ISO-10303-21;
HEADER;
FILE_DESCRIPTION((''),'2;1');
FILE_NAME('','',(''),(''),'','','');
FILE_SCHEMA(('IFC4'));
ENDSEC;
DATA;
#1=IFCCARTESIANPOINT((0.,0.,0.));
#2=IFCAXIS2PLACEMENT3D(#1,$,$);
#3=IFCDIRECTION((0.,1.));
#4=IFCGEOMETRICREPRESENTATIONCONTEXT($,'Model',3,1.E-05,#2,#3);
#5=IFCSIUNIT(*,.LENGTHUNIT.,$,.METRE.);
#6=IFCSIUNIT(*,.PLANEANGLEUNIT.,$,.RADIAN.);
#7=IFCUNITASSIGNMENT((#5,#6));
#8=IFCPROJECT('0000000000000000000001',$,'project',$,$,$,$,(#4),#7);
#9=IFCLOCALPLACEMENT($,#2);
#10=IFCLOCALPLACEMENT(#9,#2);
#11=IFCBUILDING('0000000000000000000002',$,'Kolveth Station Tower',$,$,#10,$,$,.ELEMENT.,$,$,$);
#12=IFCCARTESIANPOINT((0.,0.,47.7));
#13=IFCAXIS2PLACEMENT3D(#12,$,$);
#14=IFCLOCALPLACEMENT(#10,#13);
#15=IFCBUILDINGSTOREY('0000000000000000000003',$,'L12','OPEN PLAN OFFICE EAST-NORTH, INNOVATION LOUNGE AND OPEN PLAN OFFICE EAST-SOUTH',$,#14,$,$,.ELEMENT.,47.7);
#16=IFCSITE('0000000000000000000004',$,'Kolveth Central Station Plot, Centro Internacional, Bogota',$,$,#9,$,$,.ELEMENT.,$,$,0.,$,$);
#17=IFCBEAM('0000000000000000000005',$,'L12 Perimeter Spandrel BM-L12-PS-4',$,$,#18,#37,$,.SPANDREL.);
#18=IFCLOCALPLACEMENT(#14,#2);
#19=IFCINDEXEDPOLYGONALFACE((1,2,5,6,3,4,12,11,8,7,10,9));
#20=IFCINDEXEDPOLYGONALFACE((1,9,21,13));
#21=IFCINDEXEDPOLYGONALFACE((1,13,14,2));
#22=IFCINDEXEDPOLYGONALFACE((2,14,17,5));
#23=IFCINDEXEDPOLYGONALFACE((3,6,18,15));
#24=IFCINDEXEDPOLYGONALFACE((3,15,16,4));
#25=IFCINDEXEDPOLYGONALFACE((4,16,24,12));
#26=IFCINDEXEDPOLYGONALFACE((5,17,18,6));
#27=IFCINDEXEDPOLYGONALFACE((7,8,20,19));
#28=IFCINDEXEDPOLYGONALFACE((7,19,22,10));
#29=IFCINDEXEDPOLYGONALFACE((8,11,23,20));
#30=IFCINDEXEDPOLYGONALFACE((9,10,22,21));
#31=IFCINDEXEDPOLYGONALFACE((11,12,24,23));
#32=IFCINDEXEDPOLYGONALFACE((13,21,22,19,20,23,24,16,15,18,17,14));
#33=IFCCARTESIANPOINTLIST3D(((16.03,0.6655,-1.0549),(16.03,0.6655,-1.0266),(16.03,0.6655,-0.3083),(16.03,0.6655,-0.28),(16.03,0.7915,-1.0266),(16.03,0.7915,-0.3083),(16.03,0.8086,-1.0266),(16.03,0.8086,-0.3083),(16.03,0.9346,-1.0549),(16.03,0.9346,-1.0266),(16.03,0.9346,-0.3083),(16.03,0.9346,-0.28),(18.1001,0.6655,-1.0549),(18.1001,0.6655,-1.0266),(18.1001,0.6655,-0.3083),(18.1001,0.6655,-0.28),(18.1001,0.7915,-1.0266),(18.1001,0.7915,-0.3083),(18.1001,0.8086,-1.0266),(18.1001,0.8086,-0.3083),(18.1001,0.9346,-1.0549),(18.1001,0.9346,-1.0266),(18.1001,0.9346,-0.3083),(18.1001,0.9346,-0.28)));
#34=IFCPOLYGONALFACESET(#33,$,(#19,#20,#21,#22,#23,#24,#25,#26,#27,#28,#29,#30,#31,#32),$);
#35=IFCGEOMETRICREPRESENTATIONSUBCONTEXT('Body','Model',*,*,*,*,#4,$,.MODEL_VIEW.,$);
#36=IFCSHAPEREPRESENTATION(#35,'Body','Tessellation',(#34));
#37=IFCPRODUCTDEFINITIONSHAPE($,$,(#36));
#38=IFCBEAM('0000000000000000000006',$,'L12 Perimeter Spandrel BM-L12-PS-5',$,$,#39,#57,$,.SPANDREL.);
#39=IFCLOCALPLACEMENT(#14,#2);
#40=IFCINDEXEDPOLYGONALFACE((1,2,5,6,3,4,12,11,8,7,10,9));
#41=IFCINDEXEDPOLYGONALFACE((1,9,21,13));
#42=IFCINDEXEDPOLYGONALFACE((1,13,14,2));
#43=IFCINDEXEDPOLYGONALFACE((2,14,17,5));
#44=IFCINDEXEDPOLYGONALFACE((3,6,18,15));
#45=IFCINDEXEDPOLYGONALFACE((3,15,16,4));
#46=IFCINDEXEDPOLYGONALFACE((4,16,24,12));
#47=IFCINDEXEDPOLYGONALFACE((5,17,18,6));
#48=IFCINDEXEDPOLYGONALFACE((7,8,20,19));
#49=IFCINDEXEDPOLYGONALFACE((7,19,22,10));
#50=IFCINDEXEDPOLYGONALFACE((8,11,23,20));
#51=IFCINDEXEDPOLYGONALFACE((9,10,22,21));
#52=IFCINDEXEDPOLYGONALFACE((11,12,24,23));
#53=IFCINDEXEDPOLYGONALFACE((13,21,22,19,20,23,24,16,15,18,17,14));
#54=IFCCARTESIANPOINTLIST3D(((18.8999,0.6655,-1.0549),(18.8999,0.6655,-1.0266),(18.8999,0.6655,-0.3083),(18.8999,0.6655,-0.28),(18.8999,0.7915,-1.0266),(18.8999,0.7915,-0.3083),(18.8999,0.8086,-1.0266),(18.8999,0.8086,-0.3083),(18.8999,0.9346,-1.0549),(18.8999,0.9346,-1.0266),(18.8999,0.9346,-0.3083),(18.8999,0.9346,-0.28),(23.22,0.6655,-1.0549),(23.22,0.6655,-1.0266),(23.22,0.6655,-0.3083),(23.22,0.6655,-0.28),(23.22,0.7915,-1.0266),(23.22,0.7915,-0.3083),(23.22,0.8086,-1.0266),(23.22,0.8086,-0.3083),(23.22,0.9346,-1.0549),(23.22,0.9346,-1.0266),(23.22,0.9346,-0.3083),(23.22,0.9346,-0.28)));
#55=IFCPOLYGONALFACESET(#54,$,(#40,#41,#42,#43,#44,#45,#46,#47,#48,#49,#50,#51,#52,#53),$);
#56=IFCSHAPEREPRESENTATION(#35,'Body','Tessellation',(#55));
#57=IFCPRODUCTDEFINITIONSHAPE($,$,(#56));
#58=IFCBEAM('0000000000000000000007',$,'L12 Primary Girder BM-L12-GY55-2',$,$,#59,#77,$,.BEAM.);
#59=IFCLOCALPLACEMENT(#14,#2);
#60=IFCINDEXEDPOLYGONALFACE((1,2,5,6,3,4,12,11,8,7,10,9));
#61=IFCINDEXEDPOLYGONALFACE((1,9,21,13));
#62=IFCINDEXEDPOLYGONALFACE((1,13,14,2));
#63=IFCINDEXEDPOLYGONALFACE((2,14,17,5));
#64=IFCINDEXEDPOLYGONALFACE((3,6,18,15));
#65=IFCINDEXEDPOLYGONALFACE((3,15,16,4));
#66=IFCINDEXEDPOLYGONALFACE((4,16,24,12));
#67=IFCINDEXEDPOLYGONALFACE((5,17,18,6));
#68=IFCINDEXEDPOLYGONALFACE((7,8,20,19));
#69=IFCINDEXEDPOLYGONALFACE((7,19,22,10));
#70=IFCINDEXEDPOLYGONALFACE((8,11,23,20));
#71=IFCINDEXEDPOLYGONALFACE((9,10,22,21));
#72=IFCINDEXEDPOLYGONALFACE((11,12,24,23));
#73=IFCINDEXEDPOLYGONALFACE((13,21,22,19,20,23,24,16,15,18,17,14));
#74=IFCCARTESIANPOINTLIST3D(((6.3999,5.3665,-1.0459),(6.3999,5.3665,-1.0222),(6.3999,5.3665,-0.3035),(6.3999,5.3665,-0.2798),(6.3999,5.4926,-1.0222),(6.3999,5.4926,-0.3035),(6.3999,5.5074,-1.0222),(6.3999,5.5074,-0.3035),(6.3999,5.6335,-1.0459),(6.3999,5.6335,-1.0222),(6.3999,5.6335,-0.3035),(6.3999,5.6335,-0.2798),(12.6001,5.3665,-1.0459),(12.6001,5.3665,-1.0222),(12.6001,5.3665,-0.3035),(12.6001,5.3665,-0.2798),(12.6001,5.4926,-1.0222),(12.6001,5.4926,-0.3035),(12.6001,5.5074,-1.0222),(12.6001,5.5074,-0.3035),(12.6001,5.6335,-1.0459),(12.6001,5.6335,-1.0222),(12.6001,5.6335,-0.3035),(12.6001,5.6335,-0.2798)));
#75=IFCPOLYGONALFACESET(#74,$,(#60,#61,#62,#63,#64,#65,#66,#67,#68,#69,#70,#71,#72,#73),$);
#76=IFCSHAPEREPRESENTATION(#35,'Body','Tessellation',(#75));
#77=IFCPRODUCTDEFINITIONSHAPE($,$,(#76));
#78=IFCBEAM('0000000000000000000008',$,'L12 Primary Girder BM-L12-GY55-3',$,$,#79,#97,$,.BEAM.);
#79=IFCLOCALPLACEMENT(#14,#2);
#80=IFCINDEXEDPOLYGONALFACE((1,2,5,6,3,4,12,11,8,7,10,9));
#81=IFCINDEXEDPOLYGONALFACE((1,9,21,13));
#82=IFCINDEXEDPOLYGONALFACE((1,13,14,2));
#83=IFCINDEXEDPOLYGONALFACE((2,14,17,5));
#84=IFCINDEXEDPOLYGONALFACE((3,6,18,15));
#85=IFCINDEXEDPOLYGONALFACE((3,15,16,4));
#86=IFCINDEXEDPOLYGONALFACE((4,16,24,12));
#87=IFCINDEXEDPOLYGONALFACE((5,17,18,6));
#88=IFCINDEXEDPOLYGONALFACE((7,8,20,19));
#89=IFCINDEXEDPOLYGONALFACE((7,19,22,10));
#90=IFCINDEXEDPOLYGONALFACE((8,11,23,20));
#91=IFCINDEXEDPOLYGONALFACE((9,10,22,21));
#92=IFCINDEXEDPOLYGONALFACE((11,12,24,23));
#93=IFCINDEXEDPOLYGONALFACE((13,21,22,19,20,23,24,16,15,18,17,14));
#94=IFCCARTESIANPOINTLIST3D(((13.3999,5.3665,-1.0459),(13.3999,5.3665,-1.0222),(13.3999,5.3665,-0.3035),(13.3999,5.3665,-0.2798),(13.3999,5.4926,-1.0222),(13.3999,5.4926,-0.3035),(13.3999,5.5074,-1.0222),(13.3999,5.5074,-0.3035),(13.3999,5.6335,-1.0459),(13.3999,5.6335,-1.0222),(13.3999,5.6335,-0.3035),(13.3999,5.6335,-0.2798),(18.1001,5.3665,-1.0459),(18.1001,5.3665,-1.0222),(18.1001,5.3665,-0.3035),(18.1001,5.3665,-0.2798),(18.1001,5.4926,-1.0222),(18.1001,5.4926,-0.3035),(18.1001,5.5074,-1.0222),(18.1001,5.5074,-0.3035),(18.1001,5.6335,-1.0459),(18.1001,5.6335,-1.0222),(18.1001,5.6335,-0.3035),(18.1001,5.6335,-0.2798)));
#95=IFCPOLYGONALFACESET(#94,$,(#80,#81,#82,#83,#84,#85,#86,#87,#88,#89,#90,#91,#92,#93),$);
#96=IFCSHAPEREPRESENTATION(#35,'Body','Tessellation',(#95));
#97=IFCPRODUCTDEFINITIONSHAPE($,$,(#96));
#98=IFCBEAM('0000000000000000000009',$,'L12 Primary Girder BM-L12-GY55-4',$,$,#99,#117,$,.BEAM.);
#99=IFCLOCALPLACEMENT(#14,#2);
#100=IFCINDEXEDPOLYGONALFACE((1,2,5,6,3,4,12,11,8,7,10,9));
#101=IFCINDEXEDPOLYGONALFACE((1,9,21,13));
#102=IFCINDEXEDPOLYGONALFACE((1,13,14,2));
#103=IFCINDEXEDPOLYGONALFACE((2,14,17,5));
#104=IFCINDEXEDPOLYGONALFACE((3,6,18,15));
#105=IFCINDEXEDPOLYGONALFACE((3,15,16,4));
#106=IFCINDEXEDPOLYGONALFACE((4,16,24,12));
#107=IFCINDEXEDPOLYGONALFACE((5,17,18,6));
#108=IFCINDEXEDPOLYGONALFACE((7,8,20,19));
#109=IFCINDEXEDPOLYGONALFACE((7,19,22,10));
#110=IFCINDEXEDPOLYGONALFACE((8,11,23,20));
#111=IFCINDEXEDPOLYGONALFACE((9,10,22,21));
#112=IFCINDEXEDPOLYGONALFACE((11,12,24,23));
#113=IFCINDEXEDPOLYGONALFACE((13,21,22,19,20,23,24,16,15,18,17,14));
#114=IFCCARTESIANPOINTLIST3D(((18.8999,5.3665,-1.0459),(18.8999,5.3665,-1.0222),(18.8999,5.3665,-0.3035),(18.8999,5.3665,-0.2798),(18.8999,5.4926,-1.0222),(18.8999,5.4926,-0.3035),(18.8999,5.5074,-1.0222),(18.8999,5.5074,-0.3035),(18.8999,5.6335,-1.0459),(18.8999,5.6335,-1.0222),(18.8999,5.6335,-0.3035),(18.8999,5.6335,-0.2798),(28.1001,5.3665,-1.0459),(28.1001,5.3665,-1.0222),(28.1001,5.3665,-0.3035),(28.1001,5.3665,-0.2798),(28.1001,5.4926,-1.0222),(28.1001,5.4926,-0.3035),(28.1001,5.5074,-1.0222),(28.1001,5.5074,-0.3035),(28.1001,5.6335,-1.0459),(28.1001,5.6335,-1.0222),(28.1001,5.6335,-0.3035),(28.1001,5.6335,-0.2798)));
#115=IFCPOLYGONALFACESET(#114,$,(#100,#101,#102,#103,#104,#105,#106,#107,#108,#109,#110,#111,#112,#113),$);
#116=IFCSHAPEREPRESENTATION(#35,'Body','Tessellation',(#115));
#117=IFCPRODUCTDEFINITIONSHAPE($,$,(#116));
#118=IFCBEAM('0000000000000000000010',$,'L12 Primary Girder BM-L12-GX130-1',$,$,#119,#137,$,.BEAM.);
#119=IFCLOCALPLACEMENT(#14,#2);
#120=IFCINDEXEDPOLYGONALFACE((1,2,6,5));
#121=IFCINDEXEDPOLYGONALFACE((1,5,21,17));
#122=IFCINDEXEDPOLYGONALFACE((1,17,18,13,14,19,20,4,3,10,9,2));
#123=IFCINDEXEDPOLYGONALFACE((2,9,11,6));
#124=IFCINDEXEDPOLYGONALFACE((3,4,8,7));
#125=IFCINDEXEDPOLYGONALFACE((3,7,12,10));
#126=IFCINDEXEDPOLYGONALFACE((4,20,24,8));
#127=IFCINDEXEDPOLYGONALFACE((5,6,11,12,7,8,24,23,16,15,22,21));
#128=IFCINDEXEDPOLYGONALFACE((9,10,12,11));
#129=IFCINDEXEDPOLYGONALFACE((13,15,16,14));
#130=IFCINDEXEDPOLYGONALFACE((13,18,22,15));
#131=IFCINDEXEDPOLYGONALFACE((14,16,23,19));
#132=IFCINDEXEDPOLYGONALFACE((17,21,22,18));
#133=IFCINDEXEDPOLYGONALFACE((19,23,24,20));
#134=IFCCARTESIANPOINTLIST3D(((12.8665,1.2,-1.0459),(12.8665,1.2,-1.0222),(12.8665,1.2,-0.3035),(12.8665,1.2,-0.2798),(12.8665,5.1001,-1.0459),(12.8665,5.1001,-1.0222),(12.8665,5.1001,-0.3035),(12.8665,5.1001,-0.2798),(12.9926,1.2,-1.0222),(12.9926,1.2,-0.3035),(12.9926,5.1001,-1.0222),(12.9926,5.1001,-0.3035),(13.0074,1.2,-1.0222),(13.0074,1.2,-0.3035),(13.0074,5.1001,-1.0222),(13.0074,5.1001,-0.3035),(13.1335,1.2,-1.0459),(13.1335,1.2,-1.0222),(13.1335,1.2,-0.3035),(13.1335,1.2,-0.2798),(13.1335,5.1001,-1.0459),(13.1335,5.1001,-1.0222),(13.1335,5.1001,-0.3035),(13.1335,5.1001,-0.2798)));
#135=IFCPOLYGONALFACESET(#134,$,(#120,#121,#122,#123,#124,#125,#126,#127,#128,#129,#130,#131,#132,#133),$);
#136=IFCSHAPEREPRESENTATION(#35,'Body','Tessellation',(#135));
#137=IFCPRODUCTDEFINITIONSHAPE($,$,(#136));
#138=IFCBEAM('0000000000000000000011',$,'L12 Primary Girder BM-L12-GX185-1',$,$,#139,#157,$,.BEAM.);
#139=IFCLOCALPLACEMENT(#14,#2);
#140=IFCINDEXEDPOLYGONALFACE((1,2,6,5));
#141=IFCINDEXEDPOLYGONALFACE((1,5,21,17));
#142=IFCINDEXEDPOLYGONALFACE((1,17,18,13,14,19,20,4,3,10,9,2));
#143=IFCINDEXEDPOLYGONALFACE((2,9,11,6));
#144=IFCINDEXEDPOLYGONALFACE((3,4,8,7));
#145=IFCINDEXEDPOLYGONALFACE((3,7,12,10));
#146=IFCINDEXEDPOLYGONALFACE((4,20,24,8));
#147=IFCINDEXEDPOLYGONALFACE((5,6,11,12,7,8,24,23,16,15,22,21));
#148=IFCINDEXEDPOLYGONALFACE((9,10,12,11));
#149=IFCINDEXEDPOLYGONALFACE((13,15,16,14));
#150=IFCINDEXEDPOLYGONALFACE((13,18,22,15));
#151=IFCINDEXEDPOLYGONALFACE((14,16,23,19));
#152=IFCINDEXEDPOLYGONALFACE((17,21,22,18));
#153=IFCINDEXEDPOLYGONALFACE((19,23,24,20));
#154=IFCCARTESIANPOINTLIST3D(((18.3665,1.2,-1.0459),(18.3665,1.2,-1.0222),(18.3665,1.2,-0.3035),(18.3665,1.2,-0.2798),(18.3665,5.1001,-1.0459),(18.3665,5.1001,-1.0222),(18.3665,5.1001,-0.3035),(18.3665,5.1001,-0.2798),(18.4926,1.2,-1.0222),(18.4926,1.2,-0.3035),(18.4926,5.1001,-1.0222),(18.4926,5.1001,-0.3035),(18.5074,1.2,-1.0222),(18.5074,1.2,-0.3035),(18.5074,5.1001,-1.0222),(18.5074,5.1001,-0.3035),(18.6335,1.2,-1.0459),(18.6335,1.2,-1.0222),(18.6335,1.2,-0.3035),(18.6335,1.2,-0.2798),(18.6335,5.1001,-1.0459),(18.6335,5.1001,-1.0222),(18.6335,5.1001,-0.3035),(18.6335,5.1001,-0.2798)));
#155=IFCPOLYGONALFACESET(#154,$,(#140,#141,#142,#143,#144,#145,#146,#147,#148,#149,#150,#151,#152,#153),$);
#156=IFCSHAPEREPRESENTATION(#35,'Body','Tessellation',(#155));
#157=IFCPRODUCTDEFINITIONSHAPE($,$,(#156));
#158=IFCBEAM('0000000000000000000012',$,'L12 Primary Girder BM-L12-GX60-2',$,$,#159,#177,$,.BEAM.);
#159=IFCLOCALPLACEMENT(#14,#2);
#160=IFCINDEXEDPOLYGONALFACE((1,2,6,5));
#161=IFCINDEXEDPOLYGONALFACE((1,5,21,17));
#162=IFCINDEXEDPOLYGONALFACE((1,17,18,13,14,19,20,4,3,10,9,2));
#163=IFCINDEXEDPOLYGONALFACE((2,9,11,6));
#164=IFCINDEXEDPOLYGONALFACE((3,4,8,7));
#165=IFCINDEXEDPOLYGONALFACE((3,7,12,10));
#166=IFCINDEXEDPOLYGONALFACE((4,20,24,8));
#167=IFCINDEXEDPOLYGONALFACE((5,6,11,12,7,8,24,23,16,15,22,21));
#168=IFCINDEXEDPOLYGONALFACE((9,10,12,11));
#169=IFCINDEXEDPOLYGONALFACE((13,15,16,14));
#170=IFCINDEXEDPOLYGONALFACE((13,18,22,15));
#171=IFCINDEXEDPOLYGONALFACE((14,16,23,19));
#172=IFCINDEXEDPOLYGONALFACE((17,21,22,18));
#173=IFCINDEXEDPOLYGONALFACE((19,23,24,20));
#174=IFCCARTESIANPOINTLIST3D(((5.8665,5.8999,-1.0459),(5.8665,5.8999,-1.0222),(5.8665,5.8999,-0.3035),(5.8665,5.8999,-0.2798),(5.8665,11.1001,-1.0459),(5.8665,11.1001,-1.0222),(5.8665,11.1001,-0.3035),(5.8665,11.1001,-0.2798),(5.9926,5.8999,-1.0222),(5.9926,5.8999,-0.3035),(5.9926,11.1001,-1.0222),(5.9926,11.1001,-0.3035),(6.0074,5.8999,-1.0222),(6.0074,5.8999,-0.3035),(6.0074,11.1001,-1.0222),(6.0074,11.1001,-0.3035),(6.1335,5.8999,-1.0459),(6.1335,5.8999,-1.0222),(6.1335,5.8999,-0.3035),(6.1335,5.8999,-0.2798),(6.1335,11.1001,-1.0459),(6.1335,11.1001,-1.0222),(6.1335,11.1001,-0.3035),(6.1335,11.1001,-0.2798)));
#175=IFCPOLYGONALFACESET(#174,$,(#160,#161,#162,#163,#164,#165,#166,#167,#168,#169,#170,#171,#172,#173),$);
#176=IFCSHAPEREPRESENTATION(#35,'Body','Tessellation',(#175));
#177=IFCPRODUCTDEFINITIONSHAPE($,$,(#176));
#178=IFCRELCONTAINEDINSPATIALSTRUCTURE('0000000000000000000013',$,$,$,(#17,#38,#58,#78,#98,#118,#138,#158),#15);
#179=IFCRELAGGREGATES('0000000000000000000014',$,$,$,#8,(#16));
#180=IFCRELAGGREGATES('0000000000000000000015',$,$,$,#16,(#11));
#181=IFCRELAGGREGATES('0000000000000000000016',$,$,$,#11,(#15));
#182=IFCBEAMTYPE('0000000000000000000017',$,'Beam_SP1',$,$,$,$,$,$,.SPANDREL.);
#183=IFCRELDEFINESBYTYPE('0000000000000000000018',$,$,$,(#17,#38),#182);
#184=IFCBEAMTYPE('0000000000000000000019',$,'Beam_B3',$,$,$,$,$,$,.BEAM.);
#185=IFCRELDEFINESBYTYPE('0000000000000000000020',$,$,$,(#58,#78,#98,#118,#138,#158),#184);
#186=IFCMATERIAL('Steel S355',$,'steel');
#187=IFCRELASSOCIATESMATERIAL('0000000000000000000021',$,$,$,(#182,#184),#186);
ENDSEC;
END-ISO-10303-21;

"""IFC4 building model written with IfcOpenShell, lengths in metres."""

from ifc_helpers import new_model, si_unit, direction, frame, origin, origin_2d, place, context, subcontext, project, spatial, i_section, extrude, source, transform, mapped, material, material_profile, profile_set, type_object, element, save


model = new_model("IFC4")

# Units and contexts
model_context = context("Model", 3, precision=1e-05, world=origin(), true_north=direction((0.0, 1.0)))
body_context = subcontext(model_context, "Body", "Model", "MODEL_VIEW")
ifc_project = project(units=[si_unit("LENGTHUNIT", "METRE"), si_unit("PLANEANGLEUNIT", "RADIAN")], contexts=[model_context])

# Site, building, storey
site_placement = place(None, origin())
site = spatial("IfcSite", under=ifc_project, at=site_placement, Name="Kolveth Central Station Plot, Centro Internacional, Bogota", CompositionType="ELEMENT", RefElevation=0.0)
building_placement = place(site_placement, origin())
building = spatial("IfcBuilding", under=site, at=building_placement, Name="Kolveth Station Tower", CompositionType="ELEMENT")
storey_placement = place(building_placement, frame((0.0, 0.0, 47.7)))
storey = spatial("IfcBuildingStorey", under=building, at=storey_placement, Name="L12", Description="OPEN PLAN OFFICE EAST-NORTH, INNOVATION LOUNGE AND OPEN PLAN OFFICE EAST-SOUTH", CompositionType="ELEMENT", Elevation=47.7)

# Shared definitions
ifc_material_1 = material(Name="Steel S355", Category="steel")

# Beams
ifc_material_profile_1 = material_profile(ifc_material_1, i_section(OverallWidth=0.269, OverallDepth=0.7749, WebThickness=0.0171, FlangeThickness=0.0283, at=origin_2d()), Name="W760x220")
ifc_profile_set_1 = profile_set([ifc_material_profile_1], Name="Steel S355")
beam_type_1 = type_object("IfcBeamType", Name="Beam_SP1", PredefinedType="SPANDREL", material=ifc_profile_set_1)
shared_shape_1 = source(origin(), body_context, "Body", "SweptSolid", [
    extrude(i_section(OverallWidth=0.269, OverallDepth=0.7749, WebThickness=0.0171, FlangeThickness=0.0283, at=origin_2d()), origin(), (0.0, 0.0, 1.0), 2.0701),
])
for number, where, z_axis, x_axis, name in (
    (1, (16.03, 0.8, -0.6675), (1.0, 0.0, 0.0), (0.0, 1.0, 0.0), "L12 Perimeter Spandrel BM-L12-PS-4"),
):
    element("IfcBeam", number, at=place(storey_placement, frame(where, z_axis=z_axis, x_axis=x_axis)), inside=storey, type_object=beam_type_1, Name=name, PredefinedType="SPANDREL", context=body_context, shape_type="MappedRepresentation", body=[
        mapped(shared_shape_1, transform((0.0, 0.0, 0.0), x_axis=(1.0, 0.0, 0.0), y_axis=(0.0, 1.0, 0.0), z_axis=(0.0, 0.0, 1.0), scale=1.0)),
    ])
shared_shape_2 = source(origin(), body_context, "Body", "SweptSolid", [
    extrude(i_section(OverallWidth=0.269, OverallDepth=0.7749, WebThickness=0.0171, FlangeThickness=0.0283, at=origin_2d()), origin(), (0.0, 0.0, 1.0), 4.3201),
])
beam_1_placement = place(storey_placement, frame((18.8999, 0.8, -0.6675), z_axis=(1.0, 0.0, 0.0), x_axis=(0.0, 1.0, 0.0)))
element("IfcBeam", 2, at=beam_1_placement, inside=storey, type_object=beam_type_1, Name="L12 Perimeter Spandrel BM-L12-PS-5", PredefinedType="SPANDREL", context=body_context, shape_type="MappedRepresentation", body=[
    mapped(shared_shape_2, transform((0.0, 0.0, 0.0), x_axis=(1.0, 0.0, 0.0), y_axis=(0.0, 1.0, 0.0), z_axis=(0.0, 0.0, 1.0), scale=1.0)),
])
ifc_material_profile_2 = material_profile(ifc_material_1, i_section(OverallWidth=0.2671, OverallDepth=0.7661, WebThickness=0.0149, FlangeThickness=0.0237, at=origin_2d()), Name="W760x185")
ifc_profile_set_2 = profile_set([ifc_material_profile_2], Name="Steel S355")
beam_type_2 = type_object("IfcBeamType", Name="Beam_B3", PredefinedType="BEAM", material=ifc_profile_set_2)
shared_shape_3 = source(origin(), body_context, "Body", "SweptSolid", [
    extrude(i_section(OverallWidth=0.2671, OverallDepth=0.7661, WebThickness=0.0149, FlangeThickness=0.0237, at=origin_2d()), origin(), (0.0, 0.0, 1.0), 6.2002),
])
beam_2_placement = place(storey_placement, frame((6.3999, 5.5, -0.6628), z_axis=(1.0, 0.0, 0.0), x_axis=(0.0, 1.0, 0.0)))
element("IfcBeam", 3, at=beam_2_placement, inside=storey, type_object=beam_type_2, Name="L12 Primary Girder BM-L12-GY55-2", PredefinedType="BEAM", context=body_context, shape_type="MappedRepresentation", body=[
    mapped(shared_shape_3, transform((0.0, 0.0, 0.0), x_axis=(1.0, 0.0, 0.0), y_axis=(0.0, 1.0, 0.0), z_axis=(0.0, 0.0, 1.0), scale=1.0)),
])
shared_shape_4 = source(origin(), body_context, "Body", "SweptSolid", [
    extrude(i_section(OverallWidth=0.2671, OverallDepth=0.7661, WebThickness=0.0149, FlangeThickness=0.0237, at=origin_2d()), origin(), (0.0, 0.0, 1.0), 4.7002),
])
beam_3_placement = place(storey_placement, frame((13.3999, 5.5, -0.6628), z_axis=(1.0, 0.0, 0.0), x_axis=(0.0, 1.0, 0.0)))
element("IfcBeam", 4, at=beam_3_placement, inside=storey, type_object=beam_type_2, Name="L12 Primary Girder BM-L12-GY55-3", PredefinedType="BEAM", context=body_context, shape_type="MappedRepresentation", body=[
    mapped(shared_shape_4, transform((0.0, 0.0, 0.0), x_axis=(1.0, 0.0, 0.0), y_axis=(0.0, 1.0, 0.0), z_axis=(0.0, 0.0, 1.0), scale=1.0)),
])
shared_shape_5 = source(origin(), body_context, "Body", "SweptSolid", [
    extrude(i_section(OverallWidth=0.2671, OverallDepth=0.7661, WebThickness=0.0149, FlangeThickness=0.0237, at=origin_2d()), origin(), (0.0, 0.0, 1.0), 9.2002),
])
beam_4_placement = place(storey_placement, frame((18.8999, 5.5, -0.6628), z_axis=(1.0, 0.0, 0.0), x_axis=(0.0, 1.0, 0.0)))
element("IfcBeam", 5, at=beam_4_placement, inside=storey, type_object=beam_type_2, Name="L12 Primary Girder BM-L12-GY55-4", PredefinedType="BEAM", context=body_context, shape_type="MappedRepresentation", body=[
    mapped(shared_shape_5, transform((0.0, 0.0, 0.0), x_axis=(1.0, 0.0, 0.0), y_axis=(0.0, 1.0, 0.0), z_axis=(0.0, 0.0, 1.0), scale=1.0)),
])
shared_shape_6 = source(origin(), body_context, "Body", "SweptSolid", [
    extrude(i_section(OverallWidth=0.2671, OverallDepth=0.7661, WebThickness=0.0149, FlangeThickness=0.0237, at=origin_2d()), origin(), (0.0, 0.0, 1.0), 3.9001),
])
for number, where, z_axis, x_axis, name in (
    (6, (13.0, 1.2, -0.6628), (0.0, 1.0, 0.0), (-1.0, 0.0, 0.0), "L12 Primary Girder BM-L12-GX130-1"),
    (7, (18.5, 1.2, -0.6628), (0.0, 1.0, 0.0), (-1.0, 0.0, 0.0), "L12 Primary Girder BM-L12-GX185-1"),
):
    element("IfcBeam", number, at=place(storey_placement, frame(where, z_axis=z_axis, x_axis=x_axis)), inside=storey, type_object=beam_type_2, Name=name, PredefinedType="BEAM", context=body_context, shape_type="MappedRepresentation", body=[
        mapped(shared_shape_6, transform((0.0, 0.0, 0.0), x_axis=(1.0, 0.0, 0.0), y_axis=(0.0, 1.0, 0.0), z_axis=(0.0, 0.0, 1.0), scale=1.0)),
    ])
shared_shape_7 = source(origin(), body_context, "Body", "SweptSolid", [
    extrude(i_section(OverallWidth=0.2671, OverallDepth=0.7661, WebThickness=0.0149, FlangeThickness=0.0237, at=origin_2d()), origin(), (0.0, 0.0, 1.0), 5.2002),
])
for number, where, z_axis, x_axis, name in (
    (8, (6.0, 5.8999, -0.6628), (0.0, 1.0, 0.0), (-1.0, 0.0, 0.0), "L12 Primary Girder BM-L12-GX60-2"),
):
    element("IfcBeam", number, at=place(storey_placement, frame(where, z_axis=z_axis, x_axis=x_axis)), inside=storey, type_object=beam_type_2, Name=name, PredefinedType="BEAM", context=body_context, shape_type="MappedRepresentation", body=[
        mapped(shared_shape_7, transform((0.0, 0.0, 0.0), x_axis=(1.0, 0.0, 0.0), y_axis=(0.0, 1.0, 0.0), z_axis=(0.0, 0.0, 1.0), scale=1.0)),
    ])

save(model, "model.ifc")
